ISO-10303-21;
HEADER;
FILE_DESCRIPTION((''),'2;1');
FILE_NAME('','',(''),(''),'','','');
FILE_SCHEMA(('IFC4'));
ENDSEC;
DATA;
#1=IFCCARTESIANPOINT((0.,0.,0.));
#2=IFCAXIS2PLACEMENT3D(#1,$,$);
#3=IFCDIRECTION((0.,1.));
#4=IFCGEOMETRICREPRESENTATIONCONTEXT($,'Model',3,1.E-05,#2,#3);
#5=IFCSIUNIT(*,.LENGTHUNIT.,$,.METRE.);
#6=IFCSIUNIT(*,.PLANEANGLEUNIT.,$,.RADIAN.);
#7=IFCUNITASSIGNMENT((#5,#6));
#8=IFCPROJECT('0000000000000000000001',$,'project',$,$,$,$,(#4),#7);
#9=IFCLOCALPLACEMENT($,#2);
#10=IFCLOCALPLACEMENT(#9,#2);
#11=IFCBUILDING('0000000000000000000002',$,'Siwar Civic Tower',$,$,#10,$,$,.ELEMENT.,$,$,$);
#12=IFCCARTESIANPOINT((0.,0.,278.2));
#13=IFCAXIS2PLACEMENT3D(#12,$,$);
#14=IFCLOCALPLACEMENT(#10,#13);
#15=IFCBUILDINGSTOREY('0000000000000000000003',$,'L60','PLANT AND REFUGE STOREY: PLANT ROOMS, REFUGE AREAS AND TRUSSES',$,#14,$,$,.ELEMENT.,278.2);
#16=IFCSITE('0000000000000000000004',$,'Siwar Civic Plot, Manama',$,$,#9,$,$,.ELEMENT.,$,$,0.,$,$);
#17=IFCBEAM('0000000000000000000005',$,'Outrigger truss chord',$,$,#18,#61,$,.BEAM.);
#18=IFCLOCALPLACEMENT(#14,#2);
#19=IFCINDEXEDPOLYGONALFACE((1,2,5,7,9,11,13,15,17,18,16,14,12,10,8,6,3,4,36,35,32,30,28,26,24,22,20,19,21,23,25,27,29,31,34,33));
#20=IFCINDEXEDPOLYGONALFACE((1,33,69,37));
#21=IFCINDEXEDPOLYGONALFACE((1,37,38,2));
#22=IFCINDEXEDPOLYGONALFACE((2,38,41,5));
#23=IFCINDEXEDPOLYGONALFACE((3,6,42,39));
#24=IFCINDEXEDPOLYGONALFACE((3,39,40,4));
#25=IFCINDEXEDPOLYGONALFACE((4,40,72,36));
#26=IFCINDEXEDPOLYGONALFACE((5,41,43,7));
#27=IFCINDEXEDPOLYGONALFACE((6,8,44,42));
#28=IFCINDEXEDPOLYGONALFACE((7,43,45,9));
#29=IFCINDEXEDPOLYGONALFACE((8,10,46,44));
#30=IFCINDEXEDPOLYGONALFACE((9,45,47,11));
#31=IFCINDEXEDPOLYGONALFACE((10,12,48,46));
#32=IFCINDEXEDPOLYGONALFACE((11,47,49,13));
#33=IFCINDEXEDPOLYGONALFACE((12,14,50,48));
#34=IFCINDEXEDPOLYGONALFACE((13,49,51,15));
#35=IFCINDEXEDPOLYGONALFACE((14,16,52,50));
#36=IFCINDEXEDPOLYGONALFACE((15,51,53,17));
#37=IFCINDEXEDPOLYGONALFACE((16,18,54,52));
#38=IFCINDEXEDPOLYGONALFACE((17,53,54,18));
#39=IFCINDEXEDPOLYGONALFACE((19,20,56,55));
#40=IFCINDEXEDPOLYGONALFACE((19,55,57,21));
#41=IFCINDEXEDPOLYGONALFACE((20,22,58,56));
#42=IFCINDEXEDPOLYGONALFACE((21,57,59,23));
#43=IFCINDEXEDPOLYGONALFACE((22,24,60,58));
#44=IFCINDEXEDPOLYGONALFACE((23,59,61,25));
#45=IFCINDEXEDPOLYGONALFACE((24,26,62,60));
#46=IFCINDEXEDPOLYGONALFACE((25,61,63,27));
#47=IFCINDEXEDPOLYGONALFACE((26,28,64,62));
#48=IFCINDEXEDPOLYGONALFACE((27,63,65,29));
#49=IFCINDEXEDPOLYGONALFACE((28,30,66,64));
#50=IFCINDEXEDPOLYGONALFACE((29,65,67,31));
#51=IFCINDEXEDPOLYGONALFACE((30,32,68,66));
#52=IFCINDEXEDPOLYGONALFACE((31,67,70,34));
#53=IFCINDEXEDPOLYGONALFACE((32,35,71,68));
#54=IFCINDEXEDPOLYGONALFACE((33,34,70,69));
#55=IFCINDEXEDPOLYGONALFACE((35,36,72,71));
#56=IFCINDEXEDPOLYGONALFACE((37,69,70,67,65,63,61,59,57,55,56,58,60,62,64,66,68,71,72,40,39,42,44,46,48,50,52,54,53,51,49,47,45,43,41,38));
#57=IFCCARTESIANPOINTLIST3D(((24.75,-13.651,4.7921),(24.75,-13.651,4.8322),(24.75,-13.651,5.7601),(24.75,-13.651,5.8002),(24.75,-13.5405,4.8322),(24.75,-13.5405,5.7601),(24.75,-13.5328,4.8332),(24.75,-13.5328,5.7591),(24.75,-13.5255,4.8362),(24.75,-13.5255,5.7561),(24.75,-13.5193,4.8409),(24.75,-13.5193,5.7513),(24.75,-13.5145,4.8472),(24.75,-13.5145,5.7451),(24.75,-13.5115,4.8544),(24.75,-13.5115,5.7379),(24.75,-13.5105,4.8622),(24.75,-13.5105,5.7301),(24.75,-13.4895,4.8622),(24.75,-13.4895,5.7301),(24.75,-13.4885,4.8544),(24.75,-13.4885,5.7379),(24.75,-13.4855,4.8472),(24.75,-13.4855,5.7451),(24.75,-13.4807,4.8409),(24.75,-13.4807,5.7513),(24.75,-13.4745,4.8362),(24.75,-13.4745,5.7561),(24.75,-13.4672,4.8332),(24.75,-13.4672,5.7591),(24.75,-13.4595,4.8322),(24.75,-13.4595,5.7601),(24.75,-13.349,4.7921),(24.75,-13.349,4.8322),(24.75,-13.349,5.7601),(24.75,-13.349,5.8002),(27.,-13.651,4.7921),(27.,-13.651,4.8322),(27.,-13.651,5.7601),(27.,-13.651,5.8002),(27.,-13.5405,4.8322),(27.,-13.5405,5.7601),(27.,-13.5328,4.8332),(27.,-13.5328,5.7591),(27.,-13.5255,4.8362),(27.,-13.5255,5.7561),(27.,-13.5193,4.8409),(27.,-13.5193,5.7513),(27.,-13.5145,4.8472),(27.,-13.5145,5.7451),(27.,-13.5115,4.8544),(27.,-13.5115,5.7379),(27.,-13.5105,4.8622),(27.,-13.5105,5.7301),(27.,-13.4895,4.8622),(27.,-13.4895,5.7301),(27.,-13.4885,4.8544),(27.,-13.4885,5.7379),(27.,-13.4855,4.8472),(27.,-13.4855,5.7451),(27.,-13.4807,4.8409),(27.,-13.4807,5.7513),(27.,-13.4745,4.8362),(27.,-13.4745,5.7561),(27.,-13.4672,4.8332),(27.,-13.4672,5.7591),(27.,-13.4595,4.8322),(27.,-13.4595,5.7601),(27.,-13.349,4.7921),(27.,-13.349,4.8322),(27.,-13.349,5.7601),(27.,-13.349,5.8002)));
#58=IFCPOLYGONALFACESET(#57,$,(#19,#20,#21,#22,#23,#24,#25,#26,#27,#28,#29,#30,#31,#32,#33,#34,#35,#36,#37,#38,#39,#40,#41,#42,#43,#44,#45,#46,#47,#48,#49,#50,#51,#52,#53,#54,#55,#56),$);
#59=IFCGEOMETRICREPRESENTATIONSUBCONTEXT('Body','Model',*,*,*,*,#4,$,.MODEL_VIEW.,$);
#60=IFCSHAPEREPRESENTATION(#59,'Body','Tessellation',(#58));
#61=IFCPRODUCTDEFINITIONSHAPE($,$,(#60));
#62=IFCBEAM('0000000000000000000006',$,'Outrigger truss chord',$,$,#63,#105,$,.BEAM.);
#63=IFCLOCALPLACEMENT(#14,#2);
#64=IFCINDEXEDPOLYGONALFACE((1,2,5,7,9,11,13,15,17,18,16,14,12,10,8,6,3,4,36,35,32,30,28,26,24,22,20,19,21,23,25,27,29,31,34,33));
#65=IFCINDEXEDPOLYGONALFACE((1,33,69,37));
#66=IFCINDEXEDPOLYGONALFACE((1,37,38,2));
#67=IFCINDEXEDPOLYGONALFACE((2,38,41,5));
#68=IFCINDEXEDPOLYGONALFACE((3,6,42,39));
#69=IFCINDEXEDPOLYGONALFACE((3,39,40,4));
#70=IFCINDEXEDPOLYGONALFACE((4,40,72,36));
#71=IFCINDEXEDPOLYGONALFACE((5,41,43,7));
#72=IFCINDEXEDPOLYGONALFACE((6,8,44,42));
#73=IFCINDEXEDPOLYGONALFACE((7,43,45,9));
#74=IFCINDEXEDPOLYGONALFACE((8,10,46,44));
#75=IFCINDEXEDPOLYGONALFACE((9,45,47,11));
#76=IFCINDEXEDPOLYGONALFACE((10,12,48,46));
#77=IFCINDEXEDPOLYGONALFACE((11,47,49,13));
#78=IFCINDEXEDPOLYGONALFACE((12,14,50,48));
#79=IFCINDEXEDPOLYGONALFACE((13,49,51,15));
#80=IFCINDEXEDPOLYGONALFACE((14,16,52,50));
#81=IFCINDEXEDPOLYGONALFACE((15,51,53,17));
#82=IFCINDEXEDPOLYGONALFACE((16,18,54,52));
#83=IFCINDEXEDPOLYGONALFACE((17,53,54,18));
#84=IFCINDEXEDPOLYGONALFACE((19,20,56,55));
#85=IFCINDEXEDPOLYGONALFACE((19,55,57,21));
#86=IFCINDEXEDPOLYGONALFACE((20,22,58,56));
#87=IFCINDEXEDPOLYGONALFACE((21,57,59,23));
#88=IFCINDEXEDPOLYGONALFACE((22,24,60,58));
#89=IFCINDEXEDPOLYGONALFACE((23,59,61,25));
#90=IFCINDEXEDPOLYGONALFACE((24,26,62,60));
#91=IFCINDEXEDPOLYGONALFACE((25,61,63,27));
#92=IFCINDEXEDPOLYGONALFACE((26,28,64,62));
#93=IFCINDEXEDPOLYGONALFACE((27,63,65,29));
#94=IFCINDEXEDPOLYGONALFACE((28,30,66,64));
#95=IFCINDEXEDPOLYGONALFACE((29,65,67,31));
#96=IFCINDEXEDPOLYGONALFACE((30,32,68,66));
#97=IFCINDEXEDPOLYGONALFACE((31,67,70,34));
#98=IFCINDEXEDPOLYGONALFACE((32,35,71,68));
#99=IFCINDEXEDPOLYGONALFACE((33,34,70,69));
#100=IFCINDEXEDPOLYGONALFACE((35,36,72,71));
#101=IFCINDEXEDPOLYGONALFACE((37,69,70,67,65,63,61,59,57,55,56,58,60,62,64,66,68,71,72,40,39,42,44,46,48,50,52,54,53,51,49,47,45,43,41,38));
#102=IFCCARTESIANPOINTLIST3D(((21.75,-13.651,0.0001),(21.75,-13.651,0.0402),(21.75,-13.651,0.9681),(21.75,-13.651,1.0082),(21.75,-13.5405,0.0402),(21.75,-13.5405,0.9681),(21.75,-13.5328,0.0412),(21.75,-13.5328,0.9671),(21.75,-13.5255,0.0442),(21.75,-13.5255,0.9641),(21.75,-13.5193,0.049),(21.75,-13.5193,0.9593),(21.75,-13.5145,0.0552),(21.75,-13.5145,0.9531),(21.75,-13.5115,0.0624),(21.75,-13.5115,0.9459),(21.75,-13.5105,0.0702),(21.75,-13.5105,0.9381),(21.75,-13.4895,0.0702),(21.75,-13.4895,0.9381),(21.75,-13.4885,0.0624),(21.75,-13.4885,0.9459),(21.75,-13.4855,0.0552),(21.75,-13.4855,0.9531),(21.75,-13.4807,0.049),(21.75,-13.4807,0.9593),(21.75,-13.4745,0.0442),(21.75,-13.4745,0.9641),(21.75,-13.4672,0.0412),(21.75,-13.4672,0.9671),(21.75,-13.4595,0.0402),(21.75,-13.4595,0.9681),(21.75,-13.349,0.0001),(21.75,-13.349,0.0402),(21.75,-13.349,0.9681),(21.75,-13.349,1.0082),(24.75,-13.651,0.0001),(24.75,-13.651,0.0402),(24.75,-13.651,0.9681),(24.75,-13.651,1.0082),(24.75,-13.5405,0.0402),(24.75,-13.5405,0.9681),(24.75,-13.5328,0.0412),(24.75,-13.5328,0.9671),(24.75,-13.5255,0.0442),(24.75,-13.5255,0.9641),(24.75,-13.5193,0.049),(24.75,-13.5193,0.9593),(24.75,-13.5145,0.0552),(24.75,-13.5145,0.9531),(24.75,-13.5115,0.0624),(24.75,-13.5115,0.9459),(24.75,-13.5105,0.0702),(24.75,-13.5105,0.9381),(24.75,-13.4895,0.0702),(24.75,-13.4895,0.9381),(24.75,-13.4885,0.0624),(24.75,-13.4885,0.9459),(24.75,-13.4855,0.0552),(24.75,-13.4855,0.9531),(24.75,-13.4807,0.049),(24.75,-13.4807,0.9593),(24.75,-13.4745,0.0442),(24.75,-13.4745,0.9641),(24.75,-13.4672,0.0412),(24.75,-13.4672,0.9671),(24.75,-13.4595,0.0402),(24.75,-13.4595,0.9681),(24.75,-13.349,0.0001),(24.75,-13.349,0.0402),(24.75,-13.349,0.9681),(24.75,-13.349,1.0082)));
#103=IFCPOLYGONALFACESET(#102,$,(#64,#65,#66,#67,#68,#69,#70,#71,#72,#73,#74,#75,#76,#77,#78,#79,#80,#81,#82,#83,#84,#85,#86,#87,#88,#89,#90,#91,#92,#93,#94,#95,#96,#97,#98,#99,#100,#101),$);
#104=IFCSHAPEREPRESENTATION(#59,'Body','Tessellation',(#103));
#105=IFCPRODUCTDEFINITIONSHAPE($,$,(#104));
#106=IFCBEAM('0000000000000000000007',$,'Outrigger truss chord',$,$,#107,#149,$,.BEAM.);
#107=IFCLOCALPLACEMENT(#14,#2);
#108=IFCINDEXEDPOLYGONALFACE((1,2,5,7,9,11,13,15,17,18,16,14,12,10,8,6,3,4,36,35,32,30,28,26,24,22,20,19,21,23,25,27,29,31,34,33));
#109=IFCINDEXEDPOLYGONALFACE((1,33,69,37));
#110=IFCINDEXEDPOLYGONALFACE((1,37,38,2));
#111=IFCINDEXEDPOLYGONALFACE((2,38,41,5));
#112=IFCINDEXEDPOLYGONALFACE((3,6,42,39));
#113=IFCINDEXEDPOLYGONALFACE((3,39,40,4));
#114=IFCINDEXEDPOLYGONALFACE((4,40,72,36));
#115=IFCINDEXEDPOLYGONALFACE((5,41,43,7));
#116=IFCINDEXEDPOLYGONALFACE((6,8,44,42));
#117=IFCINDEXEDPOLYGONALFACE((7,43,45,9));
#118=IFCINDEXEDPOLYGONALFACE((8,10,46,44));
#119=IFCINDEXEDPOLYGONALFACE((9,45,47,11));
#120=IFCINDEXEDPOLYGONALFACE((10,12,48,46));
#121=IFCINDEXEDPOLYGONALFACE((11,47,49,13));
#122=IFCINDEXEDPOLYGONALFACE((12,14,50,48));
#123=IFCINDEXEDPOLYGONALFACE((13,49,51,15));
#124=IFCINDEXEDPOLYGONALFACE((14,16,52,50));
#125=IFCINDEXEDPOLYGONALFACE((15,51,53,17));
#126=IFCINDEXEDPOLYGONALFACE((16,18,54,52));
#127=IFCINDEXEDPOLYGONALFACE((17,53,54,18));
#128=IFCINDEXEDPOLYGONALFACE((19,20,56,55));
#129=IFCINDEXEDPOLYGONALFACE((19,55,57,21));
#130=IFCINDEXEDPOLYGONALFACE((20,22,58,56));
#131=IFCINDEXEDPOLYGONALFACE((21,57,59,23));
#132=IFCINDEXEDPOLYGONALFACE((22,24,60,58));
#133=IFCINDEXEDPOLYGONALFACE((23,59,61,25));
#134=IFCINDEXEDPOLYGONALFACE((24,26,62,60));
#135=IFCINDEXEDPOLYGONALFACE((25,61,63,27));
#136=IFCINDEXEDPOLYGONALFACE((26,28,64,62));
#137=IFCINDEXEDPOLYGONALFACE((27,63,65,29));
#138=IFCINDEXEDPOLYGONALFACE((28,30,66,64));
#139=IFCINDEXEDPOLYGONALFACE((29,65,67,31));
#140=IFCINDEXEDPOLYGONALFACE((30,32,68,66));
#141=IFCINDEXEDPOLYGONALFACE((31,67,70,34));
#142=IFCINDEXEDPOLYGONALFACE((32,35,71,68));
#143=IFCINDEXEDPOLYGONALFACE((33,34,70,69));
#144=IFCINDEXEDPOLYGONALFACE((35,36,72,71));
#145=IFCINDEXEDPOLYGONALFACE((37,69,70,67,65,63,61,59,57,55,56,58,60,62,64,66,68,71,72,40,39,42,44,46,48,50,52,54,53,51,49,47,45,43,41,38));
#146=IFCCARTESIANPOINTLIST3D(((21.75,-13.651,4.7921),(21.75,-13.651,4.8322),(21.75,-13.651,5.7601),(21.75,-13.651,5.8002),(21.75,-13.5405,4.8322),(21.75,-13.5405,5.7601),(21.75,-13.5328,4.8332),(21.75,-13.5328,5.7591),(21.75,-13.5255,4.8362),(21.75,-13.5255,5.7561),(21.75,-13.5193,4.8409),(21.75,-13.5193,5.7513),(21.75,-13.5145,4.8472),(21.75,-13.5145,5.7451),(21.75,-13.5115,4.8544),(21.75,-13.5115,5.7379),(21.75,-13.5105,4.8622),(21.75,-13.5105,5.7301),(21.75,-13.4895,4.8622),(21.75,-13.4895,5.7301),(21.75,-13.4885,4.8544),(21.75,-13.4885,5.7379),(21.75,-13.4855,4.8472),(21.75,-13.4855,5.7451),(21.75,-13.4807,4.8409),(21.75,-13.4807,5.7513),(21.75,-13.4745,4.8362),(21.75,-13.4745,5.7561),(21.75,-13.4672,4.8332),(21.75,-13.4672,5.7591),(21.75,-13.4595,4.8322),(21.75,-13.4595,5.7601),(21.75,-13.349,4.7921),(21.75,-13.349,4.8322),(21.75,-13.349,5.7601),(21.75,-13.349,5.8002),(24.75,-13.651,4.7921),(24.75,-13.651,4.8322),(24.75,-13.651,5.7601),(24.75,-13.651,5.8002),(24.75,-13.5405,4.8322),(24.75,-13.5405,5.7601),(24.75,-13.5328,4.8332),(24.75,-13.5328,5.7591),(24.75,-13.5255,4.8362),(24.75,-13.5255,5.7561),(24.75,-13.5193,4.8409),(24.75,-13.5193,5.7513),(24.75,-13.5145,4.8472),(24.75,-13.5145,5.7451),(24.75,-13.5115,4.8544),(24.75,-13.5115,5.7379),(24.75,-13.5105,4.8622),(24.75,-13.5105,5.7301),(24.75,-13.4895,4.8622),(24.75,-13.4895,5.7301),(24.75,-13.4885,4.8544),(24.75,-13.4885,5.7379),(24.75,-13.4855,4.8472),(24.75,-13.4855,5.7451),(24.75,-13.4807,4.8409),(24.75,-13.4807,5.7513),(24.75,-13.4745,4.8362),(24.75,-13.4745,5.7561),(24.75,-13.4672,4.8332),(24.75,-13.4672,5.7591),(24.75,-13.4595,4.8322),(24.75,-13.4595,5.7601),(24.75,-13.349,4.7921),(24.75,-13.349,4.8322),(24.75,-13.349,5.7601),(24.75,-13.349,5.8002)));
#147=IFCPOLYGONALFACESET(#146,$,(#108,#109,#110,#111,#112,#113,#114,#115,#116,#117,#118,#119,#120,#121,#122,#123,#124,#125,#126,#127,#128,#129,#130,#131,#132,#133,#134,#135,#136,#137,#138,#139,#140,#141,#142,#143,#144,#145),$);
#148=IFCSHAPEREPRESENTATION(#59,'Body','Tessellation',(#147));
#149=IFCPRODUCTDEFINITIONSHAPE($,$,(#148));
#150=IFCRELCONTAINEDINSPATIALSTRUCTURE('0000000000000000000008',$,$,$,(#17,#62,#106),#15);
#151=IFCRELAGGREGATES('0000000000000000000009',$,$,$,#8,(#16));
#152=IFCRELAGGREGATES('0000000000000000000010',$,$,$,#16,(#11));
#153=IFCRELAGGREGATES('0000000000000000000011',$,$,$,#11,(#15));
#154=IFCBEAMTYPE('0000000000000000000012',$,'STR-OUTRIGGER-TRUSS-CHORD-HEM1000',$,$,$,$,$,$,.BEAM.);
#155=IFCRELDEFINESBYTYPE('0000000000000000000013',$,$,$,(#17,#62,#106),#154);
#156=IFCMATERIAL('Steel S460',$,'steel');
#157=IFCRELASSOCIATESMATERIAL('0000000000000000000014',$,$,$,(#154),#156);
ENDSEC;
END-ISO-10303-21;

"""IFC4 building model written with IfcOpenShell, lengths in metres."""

from ifc_helpers import new_model, si_unit, direction, frame, origin, origin_2d, place, context, subcontext, project, spatial, i_section, extrude, material, material_profile, profile_set, type_object, element, save


model = new_model("IFC4")

# Units and contexts
model_context = context("Model", 3, precision=1e-05, world=origin(), true_north=direction((0.0, 1.0)))
body_context = subcontext(model_context, "Body", "Model", "MODEL_VIEW")
ifc_project = project(units=[si_unit("LENGTHUNIT", "METRE"), si_unit("PLANEANGLEUNIT", "RADIAN")], contexts=[model_context])

# Site, building, storey
site_placement = place(None, origin())
site = spatial("IfcSite", under=ifc_project, at=site_placement, Name="Siwar Civic Plot, Manama", CompositionType="ELEMENT", RefElevation=0.0)
building_placement = place(site_placement, origin())
building = spatial("IfcBuilding", under=site, at=building_placement, Name="Siwar Civic Tower", CompositionType="ELEMENT")
storey_placement = place(building_placement, frame((0.0, 0.0, 278.2)))
storey = spatial("IfcBuildingStorey", under=building, at=storey_placement, Name="L60", Description="PLANT AND REFUGE STOREY: PLANT ROOMS, REFUGE AREAS AND TRUSSES", CompositionType="ELEMENT", Elevation=278.2)

# Beams
ifc_material_1 = material(Name="Steel S460", Category="steel")
ifc_material_profile_1 = material_profile(ifc_material_1, i_section(OverallWidth=0.302, OverallDepth=1.0081, WebThickness=0.021, FlangeThickness=0.04, FilletRadius=0.03, at=origin_2d()), Name="HEM1000")
ifc_profile_set_1 = profile_set([ifc_material_profile_1], Name="Steel S460")
beam_type_1 = type_object("IfcBeamType", Name="STR-OUTRIGGER-TRUSS-CHORD-HEM1000", PredefinedType="BEAM", material=ifc_profile_set_1)
for number, where, z_axis, x_axis, name in (
    (1, (24.75, -13.5, 5.2961), (1.0, 0.0, 0.0), (0.0, 1.0, 0.0), "Outrigger truss chord"),
):
    element("IfcBeam", number, at=place(storey_placement, frame(where, z_axis=z_axis, x_axis=x_axis)), inside=storey, type_object=beam_type_1, Name=name, PredefinedType="BEAM", context=body_context, shape_type="SweptSolid", body=[
        extrude(i_section(OverallWidth=0.302, OverallDepth=1.0081, WebThickness=0.021, FlangeThickness=0.04, FilletRadius=0.03, at=origin_2d()), origin(), (0.0, 0.0, 1.0), 2.25),
    ])
for number, where, z_axis, x_axis, name in (
    (2, (24.75, -13.5, 0.5042), (-1.0, 0.0, 0.0), (0.0, -1.0, 0.0), "Outrigger truss chord"),
    (3, (24.75, -13.5, 5.2961), (-1.0, 0.0, 0.0), (0.0, -1.0, 0.0), "Outrigger truss chord"),
):
    element("IfcBeam", number, at=place(storey_placement, frame(where, z_axis=z_axis, x_axis=x_axis)), inside=storey, type_object=beam_type_1, Name=name, PredefinedType="BEAM", context=body_context, shape_type="SweptSolid", body=[
        extrude(i_section(OverallWidth=0.302, OverallDepth=1.0081, WebThickness=0.021, FlangeThickness=0.04, FilletRadius=0.03, at=origin_2d()), origin(), (0.0, 0.0, 1.0), 3.0),
    ])

save(model, "model.ifc")
